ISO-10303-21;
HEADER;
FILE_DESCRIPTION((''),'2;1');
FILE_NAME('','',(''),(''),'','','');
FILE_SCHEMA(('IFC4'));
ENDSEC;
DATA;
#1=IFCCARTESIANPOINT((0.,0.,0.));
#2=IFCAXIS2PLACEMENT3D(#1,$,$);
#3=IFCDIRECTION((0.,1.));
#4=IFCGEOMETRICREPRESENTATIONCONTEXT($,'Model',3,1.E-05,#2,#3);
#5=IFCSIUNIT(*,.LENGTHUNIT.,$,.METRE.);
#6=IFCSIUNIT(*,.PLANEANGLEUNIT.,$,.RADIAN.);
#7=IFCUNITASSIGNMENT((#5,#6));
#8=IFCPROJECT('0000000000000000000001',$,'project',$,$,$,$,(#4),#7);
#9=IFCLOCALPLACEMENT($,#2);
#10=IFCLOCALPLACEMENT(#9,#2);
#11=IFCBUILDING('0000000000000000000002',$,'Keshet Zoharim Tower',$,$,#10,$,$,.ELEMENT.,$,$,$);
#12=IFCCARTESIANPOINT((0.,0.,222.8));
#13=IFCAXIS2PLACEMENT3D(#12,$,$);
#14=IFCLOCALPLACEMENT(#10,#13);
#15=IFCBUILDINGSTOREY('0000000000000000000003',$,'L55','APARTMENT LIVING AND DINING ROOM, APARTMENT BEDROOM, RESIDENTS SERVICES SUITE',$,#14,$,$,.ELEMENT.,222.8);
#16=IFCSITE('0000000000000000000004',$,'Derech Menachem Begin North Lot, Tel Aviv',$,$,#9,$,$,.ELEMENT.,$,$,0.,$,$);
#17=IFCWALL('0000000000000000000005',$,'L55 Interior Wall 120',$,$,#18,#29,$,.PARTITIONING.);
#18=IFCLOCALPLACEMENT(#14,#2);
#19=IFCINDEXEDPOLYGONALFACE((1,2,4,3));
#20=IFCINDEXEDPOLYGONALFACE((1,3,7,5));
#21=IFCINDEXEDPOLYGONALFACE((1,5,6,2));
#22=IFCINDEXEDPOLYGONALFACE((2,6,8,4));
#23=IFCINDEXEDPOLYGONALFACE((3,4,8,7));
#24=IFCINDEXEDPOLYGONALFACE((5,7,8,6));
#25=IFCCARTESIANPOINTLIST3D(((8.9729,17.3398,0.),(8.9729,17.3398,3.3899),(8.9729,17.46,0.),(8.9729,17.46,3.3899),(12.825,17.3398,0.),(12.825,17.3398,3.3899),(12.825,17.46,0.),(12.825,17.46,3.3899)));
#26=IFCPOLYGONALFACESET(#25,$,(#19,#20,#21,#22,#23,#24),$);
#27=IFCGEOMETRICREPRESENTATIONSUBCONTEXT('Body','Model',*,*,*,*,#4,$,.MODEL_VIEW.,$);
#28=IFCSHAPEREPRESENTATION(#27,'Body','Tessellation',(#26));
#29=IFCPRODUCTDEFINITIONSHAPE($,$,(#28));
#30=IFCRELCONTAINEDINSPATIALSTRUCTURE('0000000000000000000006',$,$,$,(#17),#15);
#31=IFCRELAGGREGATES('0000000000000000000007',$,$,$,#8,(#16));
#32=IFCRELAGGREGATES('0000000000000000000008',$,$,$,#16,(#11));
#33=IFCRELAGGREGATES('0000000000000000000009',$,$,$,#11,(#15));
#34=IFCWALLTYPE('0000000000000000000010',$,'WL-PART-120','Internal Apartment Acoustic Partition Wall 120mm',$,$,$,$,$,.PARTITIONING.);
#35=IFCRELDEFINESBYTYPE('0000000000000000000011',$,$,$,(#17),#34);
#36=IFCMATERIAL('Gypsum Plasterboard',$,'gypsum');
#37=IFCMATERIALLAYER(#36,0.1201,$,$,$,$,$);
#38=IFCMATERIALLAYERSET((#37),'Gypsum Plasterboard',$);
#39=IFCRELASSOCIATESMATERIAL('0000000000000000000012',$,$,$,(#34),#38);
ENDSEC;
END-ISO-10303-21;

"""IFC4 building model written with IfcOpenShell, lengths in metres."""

from ifc_helpers import new_model, si_unit, direction, frame, frame_2d, origin, place, context, subcontext, project, spatial, rectangle, extrude, material, layer, layer_set, type_object, element, save


model = new_model("IFC4")

# Units and contexts
model_context = context("Model", 3, precision=1e-05, world=origin(), true_north=direction((0.0, 1.0)))
body_context = subcontext(model_context, "Body", "Model", "MODEL_VIEW")
ifc_project = project(units=[si_unit("LENGTHUNIT", "METRE"), si_unit("PLANEANGLEUNIT", "RADIAN")], contexts=[model_context])

# Site, building, storey
site_placement = place(None, origin())
site = spatial("IfcSite", under=ifc_project, at=site_placement, Name="Derech Menachem Begin North Lot, Tel Aviv", CompositionType="ELEMENT", RefElevation=0.0)
building_placement = place(site_placement, origin())
building = spatial("IfcBuilding", under=site, at=building_placement, Name="Keshet Zoharim Tower", CompositionType="ELEMENT")
storey_placement = place(building_placement, frame((0.0, 0.0, 222.8)))
storey = spatial("IfcBuildingStorey", under=building, at=storey_placement, Name="L55", Description="APARTMENT LIVING AND DINING ROOM, APARTMENT BEDROOM, RESIDENTS SERVICES SUITE", CompositionType="ELEMENT", Elevation=222.8)

# Shared definitions
ifc_material_1 = material(Name="Gypsum Plasterboard", Category="gypsum")

# Wall
ifc_layer_1 = layer(ifc_material_1, 0.1201)
ifc_layer_set_1 = layer_set([ifc_layer_1], Name="Gypsum Plasterboard")
wall_type_1 = type_object("IfcWallType", Name="WL-PART-120", Description="Internal Apartment Acoustic Partition Wall 120mm", PredefinedType="PARTITIONING", material=ifc_layer_set_1)
wall_1_placement = place(storey_placement, frame((8.9729, 17.3999, 0.0), z_axis=(0.0, 0.0, 1.0), x_axis=(1.0, 0.0, 0.0)))
element("IfcWall", 1, at=wall_1_placement, inside=storey, type_object=wall_type_1, Name="L55 Interior Wall 120", PredefinedType="PARTITIONING", context=body_context, shape_type="SweptSolid", body=[
    extrude(rectangle(XDim=3.8521, YDim=0.1201, at=frame_2d((1.926, 0.0))), origin(), (0.0, 0.0, 1.0), 3.3899),
])

save(model, "model.ifc")
